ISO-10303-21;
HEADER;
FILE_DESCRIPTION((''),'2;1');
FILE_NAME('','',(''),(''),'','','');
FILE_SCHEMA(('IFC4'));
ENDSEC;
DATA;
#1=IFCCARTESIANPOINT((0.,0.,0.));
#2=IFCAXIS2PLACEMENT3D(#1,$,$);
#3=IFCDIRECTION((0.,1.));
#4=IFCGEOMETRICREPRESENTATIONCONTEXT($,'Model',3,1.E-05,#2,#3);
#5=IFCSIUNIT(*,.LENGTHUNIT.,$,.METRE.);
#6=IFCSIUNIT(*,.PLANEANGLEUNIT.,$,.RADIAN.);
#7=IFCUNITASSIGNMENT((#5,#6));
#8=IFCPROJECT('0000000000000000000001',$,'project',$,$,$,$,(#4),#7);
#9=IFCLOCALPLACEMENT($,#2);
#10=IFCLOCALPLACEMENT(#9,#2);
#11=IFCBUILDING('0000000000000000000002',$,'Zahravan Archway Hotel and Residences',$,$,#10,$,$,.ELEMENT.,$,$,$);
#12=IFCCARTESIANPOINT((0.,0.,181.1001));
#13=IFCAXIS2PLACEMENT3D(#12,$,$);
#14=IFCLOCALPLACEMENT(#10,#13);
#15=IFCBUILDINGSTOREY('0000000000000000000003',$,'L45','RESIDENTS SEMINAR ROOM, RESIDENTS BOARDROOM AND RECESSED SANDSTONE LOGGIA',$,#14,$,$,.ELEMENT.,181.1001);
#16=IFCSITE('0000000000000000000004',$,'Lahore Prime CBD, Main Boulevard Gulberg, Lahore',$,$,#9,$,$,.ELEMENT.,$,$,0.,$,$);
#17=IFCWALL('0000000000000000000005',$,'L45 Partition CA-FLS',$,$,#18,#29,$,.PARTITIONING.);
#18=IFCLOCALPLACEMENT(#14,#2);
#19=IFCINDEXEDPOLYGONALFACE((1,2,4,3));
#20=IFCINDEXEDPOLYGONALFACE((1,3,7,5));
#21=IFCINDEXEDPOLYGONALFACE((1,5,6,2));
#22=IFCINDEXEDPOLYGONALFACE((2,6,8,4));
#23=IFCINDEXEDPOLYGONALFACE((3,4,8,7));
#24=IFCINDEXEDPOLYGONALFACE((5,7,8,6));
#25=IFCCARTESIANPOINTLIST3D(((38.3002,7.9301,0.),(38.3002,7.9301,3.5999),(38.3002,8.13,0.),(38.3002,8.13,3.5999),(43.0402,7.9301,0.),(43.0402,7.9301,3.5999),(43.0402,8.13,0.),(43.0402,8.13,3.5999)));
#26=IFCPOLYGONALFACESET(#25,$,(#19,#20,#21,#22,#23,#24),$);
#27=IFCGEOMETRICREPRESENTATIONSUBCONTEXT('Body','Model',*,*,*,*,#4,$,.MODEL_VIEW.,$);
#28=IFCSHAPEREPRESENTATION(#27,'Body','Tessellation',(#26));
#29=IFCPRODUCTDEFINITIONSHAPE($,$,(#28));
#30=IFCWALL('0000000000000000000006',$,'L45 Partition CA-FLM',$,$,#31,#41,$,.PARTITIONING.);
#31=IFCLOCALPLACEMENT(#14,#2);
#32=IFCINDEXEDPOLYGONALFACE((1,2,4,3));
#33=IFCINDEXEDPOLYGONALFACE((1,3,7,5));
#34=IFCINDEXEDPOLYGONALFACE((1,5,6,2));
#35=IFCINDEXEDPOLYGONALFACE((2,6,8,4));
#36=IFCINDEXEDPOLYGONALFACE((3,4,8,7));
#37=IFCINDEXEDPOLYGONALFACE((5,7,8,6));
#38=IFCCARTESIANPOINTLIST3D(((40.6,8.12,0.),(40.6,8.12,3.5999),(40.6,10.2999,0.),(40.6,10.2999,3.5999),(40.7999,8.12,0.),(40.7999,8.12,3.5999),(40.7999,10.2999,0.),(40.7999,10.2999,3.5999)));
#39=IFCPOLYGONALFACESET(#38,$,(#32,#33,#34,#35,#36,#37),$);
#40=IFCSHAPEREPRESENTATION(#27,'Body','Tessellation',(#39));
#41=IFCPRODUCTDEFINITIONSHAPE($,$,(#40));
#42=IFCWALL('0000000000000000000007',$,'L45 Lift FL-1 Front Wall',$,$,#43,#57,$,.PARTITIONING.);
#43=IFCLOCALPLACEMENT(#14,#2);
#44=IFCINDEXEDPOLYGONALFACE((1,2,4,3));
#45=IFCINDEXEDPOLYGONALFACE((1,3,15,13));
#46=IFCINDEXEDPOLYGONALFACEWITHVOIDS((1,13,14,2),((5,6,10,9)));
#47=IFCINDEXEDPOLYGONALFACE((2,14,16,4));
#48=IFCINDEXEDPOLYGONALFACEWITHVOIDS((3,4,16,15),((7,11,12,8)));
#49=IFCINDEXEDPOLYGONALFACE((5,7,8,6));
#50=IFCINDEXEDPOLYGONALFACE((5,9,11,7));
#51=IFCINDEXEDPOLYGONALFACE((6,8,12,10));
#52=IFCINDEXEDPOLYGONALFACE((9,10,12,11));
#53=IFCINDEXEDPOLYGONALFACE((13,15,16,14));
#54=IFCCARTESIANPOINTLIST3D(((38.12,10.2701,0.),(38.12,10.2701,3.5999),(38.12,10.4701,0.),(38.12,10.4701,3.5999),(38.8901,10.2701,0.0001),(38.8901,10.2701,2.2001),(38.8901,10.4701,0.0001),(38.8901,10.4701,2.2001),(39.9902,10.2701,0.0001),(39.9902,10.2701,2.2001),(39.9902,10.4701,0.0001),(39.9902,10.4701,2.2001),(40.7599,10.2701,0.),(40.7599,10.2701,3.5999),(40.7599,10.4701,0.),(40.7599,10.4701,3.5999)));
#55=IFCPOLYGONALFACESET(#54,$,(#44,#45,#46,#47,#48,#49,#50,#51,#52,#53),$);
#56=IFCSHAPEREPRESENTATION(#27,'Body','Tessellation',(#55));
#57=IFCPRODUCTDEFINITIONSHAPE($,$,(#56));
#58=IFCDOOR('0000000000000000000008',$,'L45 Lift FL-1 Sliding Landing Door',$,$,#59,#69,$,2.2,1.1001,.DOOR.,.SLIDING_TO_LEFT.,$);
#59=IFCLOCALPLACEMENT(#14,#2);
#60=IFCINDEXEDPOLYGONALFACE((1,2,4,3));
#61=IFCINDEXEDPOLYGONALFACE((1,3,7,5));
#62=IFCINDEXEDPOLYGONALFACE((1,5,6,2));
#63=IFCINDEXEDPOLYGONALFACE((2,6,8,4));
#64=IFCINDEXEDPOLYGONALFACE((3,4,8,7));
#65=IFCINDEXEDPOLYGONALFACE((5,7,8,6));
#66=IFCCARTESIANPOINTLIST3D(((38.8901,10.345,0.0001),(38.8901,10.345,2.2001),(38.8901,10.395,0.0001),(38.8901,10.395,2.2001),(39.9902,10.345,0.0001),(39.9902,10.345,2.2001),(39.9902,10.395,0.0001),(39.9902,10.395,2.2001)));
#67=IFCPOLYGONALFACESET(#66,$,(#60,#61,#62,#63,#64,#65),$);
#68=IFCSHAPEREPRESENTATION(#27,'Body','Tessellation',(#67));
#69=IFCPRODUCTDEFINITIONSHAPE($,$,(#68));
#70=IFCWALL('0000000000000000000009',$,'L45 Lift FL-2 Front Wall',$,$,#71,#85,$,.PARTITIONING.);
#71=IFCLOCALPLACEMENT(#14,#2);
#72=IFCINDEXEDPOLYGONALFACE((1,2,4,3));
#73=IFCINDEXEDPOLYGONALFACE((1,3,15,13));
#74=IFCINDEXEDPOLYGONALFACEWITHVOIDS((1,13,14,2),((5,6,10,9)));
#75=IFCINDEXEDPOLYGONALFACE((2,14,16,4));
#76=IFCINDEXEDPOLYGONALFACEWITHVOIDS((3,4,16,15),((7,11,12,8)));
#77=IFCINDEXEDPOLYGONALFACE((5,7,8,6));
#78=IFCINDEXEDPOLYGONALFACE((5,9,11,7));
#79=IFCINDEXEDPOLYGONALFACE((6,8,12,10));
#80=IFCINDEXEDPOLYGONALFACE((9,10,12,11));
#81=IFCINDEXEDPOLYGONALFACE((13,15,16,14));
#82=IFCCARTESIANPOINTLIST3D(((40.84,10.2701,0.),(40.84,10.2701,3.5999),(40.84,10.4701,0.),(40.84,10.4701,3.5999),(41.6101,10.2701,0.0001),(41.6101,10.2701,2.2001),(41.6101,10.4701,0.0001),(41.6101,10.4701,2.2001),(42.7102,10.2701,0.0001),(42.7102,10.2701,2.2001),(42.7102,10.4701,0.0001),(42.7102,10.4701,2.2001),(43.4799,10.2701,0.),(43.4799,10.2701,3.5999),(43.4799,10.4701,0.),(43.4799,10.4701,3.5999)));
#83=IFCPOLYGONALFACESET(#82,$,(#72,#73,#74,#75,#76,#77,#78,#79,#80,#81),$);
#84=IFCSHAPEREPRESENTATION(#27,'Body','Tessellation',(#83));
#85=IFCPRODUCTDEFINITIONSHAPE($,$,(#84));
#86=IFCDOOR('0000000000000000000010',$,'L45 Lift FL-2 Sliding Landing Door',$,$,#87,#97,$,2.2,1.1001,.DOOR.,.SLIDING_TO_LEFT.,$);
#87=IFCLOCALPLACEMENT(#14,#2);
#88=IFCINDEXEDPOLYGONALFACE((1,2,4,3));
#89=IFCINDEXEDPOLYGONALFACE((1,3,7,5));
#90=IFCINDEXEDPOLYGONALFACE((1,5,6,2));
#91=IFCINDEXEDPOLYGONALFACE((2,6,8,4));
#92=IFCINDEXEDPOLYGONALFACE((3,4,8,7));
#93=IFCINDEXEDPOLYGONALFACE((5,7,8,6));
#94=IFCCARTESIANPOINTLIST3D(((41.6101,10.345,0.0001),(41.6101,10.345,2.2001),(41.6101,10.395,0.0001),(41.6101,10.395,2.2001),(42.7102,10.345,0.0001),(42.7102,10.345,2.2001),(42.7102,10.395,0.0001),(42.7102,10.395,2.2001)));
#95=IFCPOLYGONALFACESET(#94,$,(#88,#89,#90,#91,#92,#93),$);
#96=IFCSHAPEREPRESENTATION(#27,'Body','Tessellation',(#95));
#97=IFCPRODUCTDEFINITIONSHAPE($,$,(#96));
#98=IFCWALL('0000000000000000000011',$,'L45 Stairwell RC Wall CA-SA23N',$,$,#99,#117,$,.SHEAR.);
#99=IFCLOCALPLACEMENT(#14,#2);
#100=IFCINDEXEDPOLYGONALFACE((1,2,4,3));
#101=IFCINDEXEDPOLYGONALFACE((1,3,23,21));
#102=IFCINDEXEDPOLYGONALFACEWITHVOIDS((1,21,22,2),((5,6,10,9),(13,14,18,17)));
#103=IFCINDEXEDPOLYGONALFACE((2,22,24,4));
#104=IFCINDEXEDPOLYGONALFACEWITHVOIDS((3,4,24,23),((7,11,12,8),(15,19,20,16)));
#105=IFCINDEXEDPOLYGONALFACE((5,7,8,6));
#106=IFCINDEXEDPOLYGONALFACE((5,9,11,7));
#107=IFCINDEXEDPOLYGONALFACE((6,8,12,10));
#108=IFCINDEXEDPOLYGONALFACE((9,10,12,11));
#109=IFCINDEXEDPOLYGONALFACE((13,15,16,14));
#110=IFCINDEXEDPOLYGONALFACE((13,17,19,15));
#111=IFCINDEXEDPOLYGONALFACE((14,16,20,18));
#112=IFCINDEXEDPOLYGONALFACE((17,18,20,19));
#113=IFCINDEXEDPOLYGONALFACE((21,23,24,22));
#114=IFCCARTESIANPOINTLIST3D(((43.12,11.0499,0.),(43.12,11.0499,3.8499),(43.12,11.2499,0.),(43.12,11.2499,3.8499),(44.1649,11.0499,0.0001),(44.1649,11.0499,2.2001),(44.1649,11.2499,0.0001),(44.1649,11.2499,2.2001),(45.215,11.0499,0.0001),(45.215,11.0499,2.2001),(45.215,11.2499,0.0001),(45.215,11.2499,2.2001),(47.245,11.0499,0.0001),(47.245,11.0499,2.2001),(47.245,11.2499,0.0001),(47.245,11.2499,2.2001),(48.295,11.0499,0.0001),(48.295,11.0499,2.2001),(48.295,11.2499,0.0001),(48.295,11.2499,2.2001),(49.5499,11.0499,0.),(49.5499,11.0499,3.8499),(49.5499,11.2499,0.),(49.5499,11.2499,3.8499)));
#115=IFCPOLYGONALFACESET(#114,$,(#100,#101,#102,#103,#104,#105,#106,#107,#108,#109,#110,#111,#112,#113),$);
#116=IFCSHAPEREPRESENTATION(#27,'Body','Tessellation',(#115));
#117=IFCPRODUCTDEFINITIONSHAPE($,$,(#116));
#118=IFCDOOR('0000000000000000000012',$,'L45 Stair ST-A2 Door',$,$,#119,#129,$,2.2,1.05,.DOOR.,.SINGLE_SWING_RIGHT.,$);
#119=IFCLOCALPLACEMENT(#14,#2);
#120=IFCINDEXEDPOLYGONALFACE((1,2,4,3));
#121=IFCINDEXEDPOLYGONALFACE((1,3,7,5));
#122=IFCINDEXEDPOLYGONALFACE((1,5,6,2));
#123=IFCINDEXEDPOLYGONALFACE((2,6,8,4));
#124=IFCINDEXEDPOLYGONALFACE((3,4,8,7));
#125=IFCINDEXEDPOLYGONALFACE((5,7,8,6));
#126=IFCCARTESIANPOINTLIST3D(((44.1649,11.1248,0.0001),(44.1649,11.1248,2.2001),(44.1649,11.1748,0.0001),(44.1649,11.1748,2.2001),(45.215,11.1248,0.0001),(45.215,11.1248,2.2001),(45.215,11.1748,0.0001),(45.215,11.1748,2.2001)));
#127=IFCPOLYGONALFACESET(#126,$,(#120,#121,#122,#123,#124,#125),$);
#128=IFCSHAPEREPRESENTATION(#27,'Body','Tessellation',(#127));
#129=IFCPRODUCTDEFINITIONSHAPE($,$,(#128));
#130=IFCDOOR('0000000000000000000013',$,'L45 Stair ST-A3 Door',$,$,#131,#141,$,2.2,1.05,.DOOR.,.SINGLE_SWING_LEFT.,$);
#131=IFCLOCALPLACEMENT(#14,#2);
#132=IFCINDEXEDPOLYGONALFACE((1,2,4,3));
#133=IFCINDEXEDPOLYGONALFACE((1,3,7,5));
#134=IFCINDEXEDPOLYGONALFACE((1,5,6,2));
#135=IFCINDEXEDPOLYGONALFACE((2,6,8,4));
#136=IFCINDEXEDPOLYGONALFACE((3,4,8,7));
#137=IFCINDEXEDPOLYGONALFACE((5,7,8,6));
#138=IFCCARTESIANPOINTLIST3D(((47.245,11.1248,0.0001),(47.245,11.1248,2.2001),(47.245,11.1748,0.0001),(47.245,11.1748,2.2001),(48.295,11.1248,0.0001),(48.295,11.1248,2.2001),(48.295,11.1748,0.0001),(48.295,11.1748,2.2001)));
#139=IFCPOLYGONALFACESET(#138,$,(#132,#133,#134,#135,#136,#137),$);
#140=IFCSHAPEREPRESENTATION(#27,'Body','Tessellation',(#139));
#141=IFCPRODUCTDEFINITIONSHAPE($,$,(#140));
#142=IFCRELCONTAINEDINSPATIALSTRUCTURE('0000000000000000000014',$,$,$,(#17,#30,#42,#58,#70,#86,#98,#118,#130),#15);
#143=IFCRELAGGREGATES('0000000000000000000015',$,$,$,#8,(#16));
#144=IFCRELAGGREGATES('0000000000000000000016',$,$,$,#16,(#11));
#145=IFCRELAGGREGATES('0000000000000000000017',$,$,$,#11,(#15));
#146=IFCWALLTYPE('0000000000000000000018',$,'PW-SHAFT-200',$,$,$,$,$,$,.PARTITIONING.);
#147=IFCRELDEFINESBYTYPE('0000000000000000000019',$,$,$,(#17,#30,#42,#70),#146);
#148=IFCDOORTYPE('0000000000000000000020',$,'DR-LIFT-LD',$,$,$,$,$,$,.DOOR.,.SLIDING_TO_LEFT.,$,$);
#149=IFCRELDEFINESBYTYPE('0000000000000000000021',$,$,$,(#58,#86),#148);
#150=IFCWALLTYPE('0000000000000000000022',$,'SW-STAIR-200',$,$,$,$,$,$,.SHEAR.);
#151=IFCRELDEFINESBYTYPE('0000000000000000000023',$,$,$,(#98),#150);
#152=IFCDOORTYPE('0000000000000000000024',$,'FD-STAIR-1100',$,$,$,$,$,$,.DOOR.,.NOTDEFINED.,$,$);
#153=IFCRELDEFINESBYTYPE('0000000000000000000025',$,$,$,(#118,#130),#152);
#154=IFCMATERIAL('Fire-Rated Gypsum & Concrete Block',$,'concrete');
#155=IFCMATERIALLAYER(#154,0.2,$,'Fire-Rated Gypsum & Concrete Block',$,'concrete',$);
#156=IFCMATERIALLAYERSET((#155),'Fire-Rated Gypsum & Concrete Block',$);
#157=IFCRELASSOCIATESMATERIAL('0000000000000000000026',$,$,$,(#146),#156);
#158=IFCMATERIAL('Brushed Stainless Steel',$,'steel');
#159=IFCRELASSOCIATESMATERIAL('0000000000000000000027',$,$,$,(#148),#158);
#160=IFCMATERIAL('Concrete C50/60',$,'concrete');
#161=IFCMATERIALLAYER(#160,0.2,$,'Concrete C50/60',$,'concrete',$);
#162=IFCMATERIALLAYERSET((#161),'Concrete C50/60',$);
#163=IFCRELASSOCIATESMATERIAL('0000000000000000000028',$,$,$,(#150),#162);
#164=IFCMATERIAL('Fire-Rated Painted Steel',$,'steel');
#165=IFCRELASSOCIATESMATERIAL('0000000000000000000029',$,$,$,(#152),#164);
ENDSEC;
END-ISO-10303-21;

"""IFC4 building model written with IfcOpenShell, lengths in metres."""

from ifc_helpers import new_model, si_unit, direction, frame, frame_2d, origin, place, context, subcontext, project, spatial, rectangle, extrude, source, transform, mapped, material, layer, layer_set, type_object, type_shapes, element, fill, save


model = new_model("IFC4")

# Units and contexts
model_context = context("Model", 3, precision=1e-05, world=origin(), true_north=direction((0.0, 1.0)))
body_context = subcontext(model_context, "Body", "Model", "MODEL_VIEW")
ifc_project = project(units=[si_unit("LENGTHUNIT", "METRE"), si_unit("PLANEANGLEUNIT", "RADIAN")], contexts=[model_context])

# Site, building, storey
site_placement = place(None, origin())
site = spatial("IfcSite", under=ifc_project, at=site_placement, Name="Lahore Prime CBD, Main Boulevard Gulberg, Lahore", CompositionType="ELEMENT", RefElevation=0.0)
building_placement = place(site_placement, origin())
building = spatial("IfcBuilding", under=site, at=building_placement, Name="Zahravan Archway Hotel and Residences", CompositionType="ELEMENT")
storey_placement = place(building_placement, frame((0.0, 0.0, 181.1001)))
storey = spatial("IfcBuildingStorey", under=building, at=storey_placement, Name="L45", Description="RESIDENTS SEMINAR ROOM, RESIDENTS BOARDROOM AND RECESSED SANDSTONE LOGGIA", CompositionType="ELEMENT", Elevation=181.1001)

# Shared definitions
ifc_material_1 = material(Name="Fire-Rated Gypsum & Concrete Block", Category="concrete")
ifc_material_2 = material(Name="Fire-Rated Painted Steel", Category="steel")

# Walls
ifc_layer_1 = layer(ifc_material_1, 0.2, Name="Fire-Rated Gypsum & Concrete Block", Category="concrete")
ifc_layer_set_1 = layer_set([ifc_layer_1], Name="Fire-Rated Gypsum & Concrete Block")
wall_type_1 = type_object("IfcWallType", Name="PW-SHAFT-200", PredefinedType="PARTITIONING", material=ifc_layer_set_1)
wall_1_placement = place(storey_placement, frame((38.3, 8.03, 0.0), z_axis=(0.0, 0.0, 1.0), x_axis=(1.0, 0.0, 0.0)))
element("IfcWall", 1, at=wall_1_placement, inside=storey, type_object=wall_type_1, Name="L45 Partition CA-FLS", PredefinedType="PARTITIONING", context=body_context, shape_type="SweptSolid", body=[
    extrude(rectangle(XDim=4.74, YDim=0.2, at=frame_2d((2.3701, 0.0))), origin(), (0.0, 0.0, 1.0), 3.5999),
])
wall_2_placement = place(storey_placement, frame((40.7, 8.1201, 0.0), z_axis=(0.0, 0.0, 1.0), x_axis=(0.0, 1.0, 0.0)))
element("IfcWall", 2, at=wall_2_placement, inside=storey, type_object=wall_type_1, Name="L45 Partition CA-FLM", PredefinedType="PARTITIONING", context=body_context, shape_type="SweptSolid", body=[
    extrude(rectangle(XDim=2.1799, YDim=0.2, at=frame_2d((1.0898, 0.0))), origin(), (0.0, 0.0, 1.0), 3.5999),
])

# Walls, openings, doors
wall_3_placement = place(storey_placement, frame((38.1201, 10.3701, 0.0), z_axis=(0.0, 0.0, 1.0), x_axis=(1.0, 0.0, 0.0)))
wall_3 = element("IfcWall", 3, at=wall_3_placement, inside=storey, type_object=wall_type_1, Name="L45 Lift FL-1 Front Wall", PredefinedType="PARTITIONING", context=body_context, shape_type="SweptSolid", body=[
    extrude(rectangle(XDim=2.6399, YDim=0.2, at=frame_2d((1.3198, 0.0))), origin(), (0.0, 0.0, 1.0), 3.5999),
])
opening_1_placement = place(wall_3_placement, frame((0.77, 0.0, 0.0)))
opening_1 = element("IfcOpeningElement", 4, at=opening_1_placement, cuts=wall_3, PredefinedType="OPENING", context=body_context, shape_type="SweptSolid", body=[
    extrude(rectangle(XDim=1.1001, YDim=2.2, at=frame_2d((0.55, 1.1001))), frame((0.0, 0.1099, 0.0), z_axis=(0.0, -1.0, 0.0), x_axis=(1.0, 0.0, 0.0)), (0.0, 0.0, 1.0), 0.22),
])
ifc_material_3 = material(Name="Brushed Stainless Steel", Category="steel")
door_type_1 = type_object("IfcDoorType", Name="DR-LIFT-LD", OperationType="SLIDING_TO_LEFT", PredefinedType="DOOR", material=ifc_material_3)
shared_shape_1 = source(origin(), body_context, "Body", "SweptSolid", [
    extrude(rectangle(XDim=1.1001, YDim=2.2, at=frame_2d((0.55, 1.1001))), frame((0.0, 0.0249, 0.0), z_axis=(0.0, -1.0, 0.0), x_axis=(1.0, 0.0, 0.0)), (0.0, 0.0, 1.0), 0.05),
])
type_shapes(door_type_1, [shared_shape_1])
door_1_placement = place(opening_1_placement, origin())
door_1 = element("IfcDoor", 5, at=door_1_placement, inside=storey, type_object=door_type_1, Name="L45 Lift FL-1 Sliding Landing Door", OperationType="SLIDING_TO_LEFT", OverallHeight=2.2, OverallWidth=1.1001, PredefinedType="DOOR", context=body_context, shape_type="MappedRepresentation", body=[
    mapped(shared_shape_1, transform((0.0, 0.0, 0.0), scale=1.0)),
])
fill(opening_1, door_1)
wall_4_placement = place(storey_placement, frame((40.8401, 10.3701, 0.0), z_axis=(0.0, 0.0, 1.0), x_axis=(1.0, 0.0, 0.0)))
wall_4 = element("IfcWall", 6, at=wall_4_placement, inside=storey, type_object=wall_type_1, Name="L45 Lift FL-2 Front Wall", PredefinedType="PARTITIONING", context=body_context, shape_type="SweptSolid", body=[
    extrude(rectangle(XDim=2.6399, YDim=0.2, at=frame_2d((1.3198, 0.0))), origin(), (0.0, 0.0, 1.0), 3.5999),
])
opening_2_placement = place(wall_4_placement, frame((0.77, 0.0, 0.0)))
opening_2 = element("IfcOpeningElement", 7, at=opening_2_placement, cuts=wall_4, PredefinedType="OPENING", context=body_context, shape_type="SweptSolid", body=[
    extrude(rectangle(XDim=1.1001, YDim=2.2, at=frame_2d((0.55, 1.1001))), frame((0.0, 0.1099, 0.0), z_axis=(0.0, -1.0, 0.0), x_axis=(1.0, 0.0, 0.0)), (0.0, 0.0, 1.0), 0.22),
])
door_2_placement = place(opening_2_placement, origin())
door_2 = element("IfcDoor", 8, at=door_2_placement, inside=storey, type_object=door_type_1, Name="L45 Lift FL-2 Sliding Landing Door", OperationType="SLIDING_TO_LEFT", OverallHeight=2.2, OverallWidth=1.1001, PredefinedType="DOOR", context=body_context, shape_type="MappedRepresentation", body=[
    mapped(shared_shape_1, transform((0.0, 0.0, 0.0), scale=1.0)),
])
fill(opening_2, door_2)

# Wall, openings, doors
ifc_material_4 = material(Name="Concrete C50/60", Category="concrete")
ifc_layer_2 = layer(ifc_material_4, 0.2, Name="Concrete C50/60", Category="concrete")
ifc_layer_set_2 = layer_set([ifc_layer_2], Name="Concrete C50/60")
wall_type_2 = type_object("IfcWallType", Name="SW-STAIR-200", PredefinedType="SHEAR", material=ifc_layer_set_2)
wall_5_placement = place(storey_placement, frame((43.1201, 11.1499, 0.0), z_axis=(0.0, 0.0, 1.0), x_axis=(1.0, 0.0, 0.0)))
wall_5 = element("IfcWall", 9, at=wall_5_placement, inside=storey, type_object=wall_type_2, Name="L45 Stairwell RC Wall CA-SA23N", PredefinedType="SHEAR", context=body_context, shape_type="SweptSolid", body=[
    extrude(rectangle(XDim=6.4299, YDim=0.2, at=frame_2d((3.2148, 0.0))), origin(), (0.0, 0.0, 1.0), 3.8499),
])
opening_3_placement = place(wall_5_placement, frame((1.0449, 0.0, 0.0)))
opening_3 = element("IfcOpeningElement", 10, at=opening_3_placement, cuts=wall_5, PredefinedType="OPENING", context=body_context, shape_type="SweptSolid", body=[
    extrude(rectangle(XDim=1.05, YDim=2.2, at=frame_2d((0.5249, 1.1001))), frame((0.0, 0.1099, 0.0), z_axis=(0.0, -1.0, 0.0), x_axis=(1.0, 0.0, 0.0)), (0.0, 0.0, 1.0), 0.22),
])
opening_4_placement = place(wall_5_placement, frame((4.125, 0.0, 0.0)))
opening_4 = element("IfcOpeningElement", 11, at=opening_4_placement, cuts=wall_5, PredefinedType="OPENING", context=body_context, shape_type="SweptSolid", body=[
    extrude(rectangle(XDim=1.05, YDim=2.2, at=frame_2d((0.5249, 1.1001))), frame((0.0, 0.1099, 0.0), z_axis=(0.0, -1.0, 0.0), x_axis=(1.0, 0.0, 0.0)), (0.0, 0.0, 1.0), 0.22),
])
door_type_2 = type_object("IfcDoorType", Name="FD-STAIR-1100", OperationType="NOTDEFINED", PredefinedType="DOOR", material=ifc_material_2)
shared_shape_2 = source(origin(), body_context, "Body", "SweptSolid", [
    extrude(rectangle(XDim=1.05, YDim=2.2, at=frame_2d((0.5249, 1.1001))), frame((0.0, 0.0249, 0.0), z_axis=(0.0, -1.0, 0.0), x_axis=(1.0, 0.0, 0.0)), (0.0, 0.0, 1.0), 0.05),
])
type_shapes(door_type_2, [shared_shape_2])
door_3_placement = place(opening_3_placement, origin())
door_3 = element("IfcDoor", 12, at=door_3_placement, inside=storey, type_object=door_type_2, Name="L45 Stair ST-A2 Door", OperationType="SINGLE_SWING_RIGHT", OverallHeight=2.2, OverallWidth=1.05, PredefinedType="DOOR", context=body_context, shape_type="MappedRepresentation", body=[
    mapped(shared_shape_2, transform((0.0, 0.0, 0.0), scale=1.0)),
])
fill(opening_3, door_3)
door_4_placement = place(opening_4_placement, origin())
door_4 = element("IfcDoor", 13, at=door_4_placement, inside=storey, type_object=door_type_2, Name="L45 Stair ST-A3 Door", OperationType="SINGLE_SWING_LEFT", OverallHeight=2.2, OverallWidth=1.05, PredefinedType="DOOR", context=body_context, shape_type="MappedRepresentation", body=[
    mapped(shared_shape_2, transform((0.0, 0.0, 0.0), scale=1.0)),
])
fill(opening_4, door_4)

save(model, "model.ifc")
